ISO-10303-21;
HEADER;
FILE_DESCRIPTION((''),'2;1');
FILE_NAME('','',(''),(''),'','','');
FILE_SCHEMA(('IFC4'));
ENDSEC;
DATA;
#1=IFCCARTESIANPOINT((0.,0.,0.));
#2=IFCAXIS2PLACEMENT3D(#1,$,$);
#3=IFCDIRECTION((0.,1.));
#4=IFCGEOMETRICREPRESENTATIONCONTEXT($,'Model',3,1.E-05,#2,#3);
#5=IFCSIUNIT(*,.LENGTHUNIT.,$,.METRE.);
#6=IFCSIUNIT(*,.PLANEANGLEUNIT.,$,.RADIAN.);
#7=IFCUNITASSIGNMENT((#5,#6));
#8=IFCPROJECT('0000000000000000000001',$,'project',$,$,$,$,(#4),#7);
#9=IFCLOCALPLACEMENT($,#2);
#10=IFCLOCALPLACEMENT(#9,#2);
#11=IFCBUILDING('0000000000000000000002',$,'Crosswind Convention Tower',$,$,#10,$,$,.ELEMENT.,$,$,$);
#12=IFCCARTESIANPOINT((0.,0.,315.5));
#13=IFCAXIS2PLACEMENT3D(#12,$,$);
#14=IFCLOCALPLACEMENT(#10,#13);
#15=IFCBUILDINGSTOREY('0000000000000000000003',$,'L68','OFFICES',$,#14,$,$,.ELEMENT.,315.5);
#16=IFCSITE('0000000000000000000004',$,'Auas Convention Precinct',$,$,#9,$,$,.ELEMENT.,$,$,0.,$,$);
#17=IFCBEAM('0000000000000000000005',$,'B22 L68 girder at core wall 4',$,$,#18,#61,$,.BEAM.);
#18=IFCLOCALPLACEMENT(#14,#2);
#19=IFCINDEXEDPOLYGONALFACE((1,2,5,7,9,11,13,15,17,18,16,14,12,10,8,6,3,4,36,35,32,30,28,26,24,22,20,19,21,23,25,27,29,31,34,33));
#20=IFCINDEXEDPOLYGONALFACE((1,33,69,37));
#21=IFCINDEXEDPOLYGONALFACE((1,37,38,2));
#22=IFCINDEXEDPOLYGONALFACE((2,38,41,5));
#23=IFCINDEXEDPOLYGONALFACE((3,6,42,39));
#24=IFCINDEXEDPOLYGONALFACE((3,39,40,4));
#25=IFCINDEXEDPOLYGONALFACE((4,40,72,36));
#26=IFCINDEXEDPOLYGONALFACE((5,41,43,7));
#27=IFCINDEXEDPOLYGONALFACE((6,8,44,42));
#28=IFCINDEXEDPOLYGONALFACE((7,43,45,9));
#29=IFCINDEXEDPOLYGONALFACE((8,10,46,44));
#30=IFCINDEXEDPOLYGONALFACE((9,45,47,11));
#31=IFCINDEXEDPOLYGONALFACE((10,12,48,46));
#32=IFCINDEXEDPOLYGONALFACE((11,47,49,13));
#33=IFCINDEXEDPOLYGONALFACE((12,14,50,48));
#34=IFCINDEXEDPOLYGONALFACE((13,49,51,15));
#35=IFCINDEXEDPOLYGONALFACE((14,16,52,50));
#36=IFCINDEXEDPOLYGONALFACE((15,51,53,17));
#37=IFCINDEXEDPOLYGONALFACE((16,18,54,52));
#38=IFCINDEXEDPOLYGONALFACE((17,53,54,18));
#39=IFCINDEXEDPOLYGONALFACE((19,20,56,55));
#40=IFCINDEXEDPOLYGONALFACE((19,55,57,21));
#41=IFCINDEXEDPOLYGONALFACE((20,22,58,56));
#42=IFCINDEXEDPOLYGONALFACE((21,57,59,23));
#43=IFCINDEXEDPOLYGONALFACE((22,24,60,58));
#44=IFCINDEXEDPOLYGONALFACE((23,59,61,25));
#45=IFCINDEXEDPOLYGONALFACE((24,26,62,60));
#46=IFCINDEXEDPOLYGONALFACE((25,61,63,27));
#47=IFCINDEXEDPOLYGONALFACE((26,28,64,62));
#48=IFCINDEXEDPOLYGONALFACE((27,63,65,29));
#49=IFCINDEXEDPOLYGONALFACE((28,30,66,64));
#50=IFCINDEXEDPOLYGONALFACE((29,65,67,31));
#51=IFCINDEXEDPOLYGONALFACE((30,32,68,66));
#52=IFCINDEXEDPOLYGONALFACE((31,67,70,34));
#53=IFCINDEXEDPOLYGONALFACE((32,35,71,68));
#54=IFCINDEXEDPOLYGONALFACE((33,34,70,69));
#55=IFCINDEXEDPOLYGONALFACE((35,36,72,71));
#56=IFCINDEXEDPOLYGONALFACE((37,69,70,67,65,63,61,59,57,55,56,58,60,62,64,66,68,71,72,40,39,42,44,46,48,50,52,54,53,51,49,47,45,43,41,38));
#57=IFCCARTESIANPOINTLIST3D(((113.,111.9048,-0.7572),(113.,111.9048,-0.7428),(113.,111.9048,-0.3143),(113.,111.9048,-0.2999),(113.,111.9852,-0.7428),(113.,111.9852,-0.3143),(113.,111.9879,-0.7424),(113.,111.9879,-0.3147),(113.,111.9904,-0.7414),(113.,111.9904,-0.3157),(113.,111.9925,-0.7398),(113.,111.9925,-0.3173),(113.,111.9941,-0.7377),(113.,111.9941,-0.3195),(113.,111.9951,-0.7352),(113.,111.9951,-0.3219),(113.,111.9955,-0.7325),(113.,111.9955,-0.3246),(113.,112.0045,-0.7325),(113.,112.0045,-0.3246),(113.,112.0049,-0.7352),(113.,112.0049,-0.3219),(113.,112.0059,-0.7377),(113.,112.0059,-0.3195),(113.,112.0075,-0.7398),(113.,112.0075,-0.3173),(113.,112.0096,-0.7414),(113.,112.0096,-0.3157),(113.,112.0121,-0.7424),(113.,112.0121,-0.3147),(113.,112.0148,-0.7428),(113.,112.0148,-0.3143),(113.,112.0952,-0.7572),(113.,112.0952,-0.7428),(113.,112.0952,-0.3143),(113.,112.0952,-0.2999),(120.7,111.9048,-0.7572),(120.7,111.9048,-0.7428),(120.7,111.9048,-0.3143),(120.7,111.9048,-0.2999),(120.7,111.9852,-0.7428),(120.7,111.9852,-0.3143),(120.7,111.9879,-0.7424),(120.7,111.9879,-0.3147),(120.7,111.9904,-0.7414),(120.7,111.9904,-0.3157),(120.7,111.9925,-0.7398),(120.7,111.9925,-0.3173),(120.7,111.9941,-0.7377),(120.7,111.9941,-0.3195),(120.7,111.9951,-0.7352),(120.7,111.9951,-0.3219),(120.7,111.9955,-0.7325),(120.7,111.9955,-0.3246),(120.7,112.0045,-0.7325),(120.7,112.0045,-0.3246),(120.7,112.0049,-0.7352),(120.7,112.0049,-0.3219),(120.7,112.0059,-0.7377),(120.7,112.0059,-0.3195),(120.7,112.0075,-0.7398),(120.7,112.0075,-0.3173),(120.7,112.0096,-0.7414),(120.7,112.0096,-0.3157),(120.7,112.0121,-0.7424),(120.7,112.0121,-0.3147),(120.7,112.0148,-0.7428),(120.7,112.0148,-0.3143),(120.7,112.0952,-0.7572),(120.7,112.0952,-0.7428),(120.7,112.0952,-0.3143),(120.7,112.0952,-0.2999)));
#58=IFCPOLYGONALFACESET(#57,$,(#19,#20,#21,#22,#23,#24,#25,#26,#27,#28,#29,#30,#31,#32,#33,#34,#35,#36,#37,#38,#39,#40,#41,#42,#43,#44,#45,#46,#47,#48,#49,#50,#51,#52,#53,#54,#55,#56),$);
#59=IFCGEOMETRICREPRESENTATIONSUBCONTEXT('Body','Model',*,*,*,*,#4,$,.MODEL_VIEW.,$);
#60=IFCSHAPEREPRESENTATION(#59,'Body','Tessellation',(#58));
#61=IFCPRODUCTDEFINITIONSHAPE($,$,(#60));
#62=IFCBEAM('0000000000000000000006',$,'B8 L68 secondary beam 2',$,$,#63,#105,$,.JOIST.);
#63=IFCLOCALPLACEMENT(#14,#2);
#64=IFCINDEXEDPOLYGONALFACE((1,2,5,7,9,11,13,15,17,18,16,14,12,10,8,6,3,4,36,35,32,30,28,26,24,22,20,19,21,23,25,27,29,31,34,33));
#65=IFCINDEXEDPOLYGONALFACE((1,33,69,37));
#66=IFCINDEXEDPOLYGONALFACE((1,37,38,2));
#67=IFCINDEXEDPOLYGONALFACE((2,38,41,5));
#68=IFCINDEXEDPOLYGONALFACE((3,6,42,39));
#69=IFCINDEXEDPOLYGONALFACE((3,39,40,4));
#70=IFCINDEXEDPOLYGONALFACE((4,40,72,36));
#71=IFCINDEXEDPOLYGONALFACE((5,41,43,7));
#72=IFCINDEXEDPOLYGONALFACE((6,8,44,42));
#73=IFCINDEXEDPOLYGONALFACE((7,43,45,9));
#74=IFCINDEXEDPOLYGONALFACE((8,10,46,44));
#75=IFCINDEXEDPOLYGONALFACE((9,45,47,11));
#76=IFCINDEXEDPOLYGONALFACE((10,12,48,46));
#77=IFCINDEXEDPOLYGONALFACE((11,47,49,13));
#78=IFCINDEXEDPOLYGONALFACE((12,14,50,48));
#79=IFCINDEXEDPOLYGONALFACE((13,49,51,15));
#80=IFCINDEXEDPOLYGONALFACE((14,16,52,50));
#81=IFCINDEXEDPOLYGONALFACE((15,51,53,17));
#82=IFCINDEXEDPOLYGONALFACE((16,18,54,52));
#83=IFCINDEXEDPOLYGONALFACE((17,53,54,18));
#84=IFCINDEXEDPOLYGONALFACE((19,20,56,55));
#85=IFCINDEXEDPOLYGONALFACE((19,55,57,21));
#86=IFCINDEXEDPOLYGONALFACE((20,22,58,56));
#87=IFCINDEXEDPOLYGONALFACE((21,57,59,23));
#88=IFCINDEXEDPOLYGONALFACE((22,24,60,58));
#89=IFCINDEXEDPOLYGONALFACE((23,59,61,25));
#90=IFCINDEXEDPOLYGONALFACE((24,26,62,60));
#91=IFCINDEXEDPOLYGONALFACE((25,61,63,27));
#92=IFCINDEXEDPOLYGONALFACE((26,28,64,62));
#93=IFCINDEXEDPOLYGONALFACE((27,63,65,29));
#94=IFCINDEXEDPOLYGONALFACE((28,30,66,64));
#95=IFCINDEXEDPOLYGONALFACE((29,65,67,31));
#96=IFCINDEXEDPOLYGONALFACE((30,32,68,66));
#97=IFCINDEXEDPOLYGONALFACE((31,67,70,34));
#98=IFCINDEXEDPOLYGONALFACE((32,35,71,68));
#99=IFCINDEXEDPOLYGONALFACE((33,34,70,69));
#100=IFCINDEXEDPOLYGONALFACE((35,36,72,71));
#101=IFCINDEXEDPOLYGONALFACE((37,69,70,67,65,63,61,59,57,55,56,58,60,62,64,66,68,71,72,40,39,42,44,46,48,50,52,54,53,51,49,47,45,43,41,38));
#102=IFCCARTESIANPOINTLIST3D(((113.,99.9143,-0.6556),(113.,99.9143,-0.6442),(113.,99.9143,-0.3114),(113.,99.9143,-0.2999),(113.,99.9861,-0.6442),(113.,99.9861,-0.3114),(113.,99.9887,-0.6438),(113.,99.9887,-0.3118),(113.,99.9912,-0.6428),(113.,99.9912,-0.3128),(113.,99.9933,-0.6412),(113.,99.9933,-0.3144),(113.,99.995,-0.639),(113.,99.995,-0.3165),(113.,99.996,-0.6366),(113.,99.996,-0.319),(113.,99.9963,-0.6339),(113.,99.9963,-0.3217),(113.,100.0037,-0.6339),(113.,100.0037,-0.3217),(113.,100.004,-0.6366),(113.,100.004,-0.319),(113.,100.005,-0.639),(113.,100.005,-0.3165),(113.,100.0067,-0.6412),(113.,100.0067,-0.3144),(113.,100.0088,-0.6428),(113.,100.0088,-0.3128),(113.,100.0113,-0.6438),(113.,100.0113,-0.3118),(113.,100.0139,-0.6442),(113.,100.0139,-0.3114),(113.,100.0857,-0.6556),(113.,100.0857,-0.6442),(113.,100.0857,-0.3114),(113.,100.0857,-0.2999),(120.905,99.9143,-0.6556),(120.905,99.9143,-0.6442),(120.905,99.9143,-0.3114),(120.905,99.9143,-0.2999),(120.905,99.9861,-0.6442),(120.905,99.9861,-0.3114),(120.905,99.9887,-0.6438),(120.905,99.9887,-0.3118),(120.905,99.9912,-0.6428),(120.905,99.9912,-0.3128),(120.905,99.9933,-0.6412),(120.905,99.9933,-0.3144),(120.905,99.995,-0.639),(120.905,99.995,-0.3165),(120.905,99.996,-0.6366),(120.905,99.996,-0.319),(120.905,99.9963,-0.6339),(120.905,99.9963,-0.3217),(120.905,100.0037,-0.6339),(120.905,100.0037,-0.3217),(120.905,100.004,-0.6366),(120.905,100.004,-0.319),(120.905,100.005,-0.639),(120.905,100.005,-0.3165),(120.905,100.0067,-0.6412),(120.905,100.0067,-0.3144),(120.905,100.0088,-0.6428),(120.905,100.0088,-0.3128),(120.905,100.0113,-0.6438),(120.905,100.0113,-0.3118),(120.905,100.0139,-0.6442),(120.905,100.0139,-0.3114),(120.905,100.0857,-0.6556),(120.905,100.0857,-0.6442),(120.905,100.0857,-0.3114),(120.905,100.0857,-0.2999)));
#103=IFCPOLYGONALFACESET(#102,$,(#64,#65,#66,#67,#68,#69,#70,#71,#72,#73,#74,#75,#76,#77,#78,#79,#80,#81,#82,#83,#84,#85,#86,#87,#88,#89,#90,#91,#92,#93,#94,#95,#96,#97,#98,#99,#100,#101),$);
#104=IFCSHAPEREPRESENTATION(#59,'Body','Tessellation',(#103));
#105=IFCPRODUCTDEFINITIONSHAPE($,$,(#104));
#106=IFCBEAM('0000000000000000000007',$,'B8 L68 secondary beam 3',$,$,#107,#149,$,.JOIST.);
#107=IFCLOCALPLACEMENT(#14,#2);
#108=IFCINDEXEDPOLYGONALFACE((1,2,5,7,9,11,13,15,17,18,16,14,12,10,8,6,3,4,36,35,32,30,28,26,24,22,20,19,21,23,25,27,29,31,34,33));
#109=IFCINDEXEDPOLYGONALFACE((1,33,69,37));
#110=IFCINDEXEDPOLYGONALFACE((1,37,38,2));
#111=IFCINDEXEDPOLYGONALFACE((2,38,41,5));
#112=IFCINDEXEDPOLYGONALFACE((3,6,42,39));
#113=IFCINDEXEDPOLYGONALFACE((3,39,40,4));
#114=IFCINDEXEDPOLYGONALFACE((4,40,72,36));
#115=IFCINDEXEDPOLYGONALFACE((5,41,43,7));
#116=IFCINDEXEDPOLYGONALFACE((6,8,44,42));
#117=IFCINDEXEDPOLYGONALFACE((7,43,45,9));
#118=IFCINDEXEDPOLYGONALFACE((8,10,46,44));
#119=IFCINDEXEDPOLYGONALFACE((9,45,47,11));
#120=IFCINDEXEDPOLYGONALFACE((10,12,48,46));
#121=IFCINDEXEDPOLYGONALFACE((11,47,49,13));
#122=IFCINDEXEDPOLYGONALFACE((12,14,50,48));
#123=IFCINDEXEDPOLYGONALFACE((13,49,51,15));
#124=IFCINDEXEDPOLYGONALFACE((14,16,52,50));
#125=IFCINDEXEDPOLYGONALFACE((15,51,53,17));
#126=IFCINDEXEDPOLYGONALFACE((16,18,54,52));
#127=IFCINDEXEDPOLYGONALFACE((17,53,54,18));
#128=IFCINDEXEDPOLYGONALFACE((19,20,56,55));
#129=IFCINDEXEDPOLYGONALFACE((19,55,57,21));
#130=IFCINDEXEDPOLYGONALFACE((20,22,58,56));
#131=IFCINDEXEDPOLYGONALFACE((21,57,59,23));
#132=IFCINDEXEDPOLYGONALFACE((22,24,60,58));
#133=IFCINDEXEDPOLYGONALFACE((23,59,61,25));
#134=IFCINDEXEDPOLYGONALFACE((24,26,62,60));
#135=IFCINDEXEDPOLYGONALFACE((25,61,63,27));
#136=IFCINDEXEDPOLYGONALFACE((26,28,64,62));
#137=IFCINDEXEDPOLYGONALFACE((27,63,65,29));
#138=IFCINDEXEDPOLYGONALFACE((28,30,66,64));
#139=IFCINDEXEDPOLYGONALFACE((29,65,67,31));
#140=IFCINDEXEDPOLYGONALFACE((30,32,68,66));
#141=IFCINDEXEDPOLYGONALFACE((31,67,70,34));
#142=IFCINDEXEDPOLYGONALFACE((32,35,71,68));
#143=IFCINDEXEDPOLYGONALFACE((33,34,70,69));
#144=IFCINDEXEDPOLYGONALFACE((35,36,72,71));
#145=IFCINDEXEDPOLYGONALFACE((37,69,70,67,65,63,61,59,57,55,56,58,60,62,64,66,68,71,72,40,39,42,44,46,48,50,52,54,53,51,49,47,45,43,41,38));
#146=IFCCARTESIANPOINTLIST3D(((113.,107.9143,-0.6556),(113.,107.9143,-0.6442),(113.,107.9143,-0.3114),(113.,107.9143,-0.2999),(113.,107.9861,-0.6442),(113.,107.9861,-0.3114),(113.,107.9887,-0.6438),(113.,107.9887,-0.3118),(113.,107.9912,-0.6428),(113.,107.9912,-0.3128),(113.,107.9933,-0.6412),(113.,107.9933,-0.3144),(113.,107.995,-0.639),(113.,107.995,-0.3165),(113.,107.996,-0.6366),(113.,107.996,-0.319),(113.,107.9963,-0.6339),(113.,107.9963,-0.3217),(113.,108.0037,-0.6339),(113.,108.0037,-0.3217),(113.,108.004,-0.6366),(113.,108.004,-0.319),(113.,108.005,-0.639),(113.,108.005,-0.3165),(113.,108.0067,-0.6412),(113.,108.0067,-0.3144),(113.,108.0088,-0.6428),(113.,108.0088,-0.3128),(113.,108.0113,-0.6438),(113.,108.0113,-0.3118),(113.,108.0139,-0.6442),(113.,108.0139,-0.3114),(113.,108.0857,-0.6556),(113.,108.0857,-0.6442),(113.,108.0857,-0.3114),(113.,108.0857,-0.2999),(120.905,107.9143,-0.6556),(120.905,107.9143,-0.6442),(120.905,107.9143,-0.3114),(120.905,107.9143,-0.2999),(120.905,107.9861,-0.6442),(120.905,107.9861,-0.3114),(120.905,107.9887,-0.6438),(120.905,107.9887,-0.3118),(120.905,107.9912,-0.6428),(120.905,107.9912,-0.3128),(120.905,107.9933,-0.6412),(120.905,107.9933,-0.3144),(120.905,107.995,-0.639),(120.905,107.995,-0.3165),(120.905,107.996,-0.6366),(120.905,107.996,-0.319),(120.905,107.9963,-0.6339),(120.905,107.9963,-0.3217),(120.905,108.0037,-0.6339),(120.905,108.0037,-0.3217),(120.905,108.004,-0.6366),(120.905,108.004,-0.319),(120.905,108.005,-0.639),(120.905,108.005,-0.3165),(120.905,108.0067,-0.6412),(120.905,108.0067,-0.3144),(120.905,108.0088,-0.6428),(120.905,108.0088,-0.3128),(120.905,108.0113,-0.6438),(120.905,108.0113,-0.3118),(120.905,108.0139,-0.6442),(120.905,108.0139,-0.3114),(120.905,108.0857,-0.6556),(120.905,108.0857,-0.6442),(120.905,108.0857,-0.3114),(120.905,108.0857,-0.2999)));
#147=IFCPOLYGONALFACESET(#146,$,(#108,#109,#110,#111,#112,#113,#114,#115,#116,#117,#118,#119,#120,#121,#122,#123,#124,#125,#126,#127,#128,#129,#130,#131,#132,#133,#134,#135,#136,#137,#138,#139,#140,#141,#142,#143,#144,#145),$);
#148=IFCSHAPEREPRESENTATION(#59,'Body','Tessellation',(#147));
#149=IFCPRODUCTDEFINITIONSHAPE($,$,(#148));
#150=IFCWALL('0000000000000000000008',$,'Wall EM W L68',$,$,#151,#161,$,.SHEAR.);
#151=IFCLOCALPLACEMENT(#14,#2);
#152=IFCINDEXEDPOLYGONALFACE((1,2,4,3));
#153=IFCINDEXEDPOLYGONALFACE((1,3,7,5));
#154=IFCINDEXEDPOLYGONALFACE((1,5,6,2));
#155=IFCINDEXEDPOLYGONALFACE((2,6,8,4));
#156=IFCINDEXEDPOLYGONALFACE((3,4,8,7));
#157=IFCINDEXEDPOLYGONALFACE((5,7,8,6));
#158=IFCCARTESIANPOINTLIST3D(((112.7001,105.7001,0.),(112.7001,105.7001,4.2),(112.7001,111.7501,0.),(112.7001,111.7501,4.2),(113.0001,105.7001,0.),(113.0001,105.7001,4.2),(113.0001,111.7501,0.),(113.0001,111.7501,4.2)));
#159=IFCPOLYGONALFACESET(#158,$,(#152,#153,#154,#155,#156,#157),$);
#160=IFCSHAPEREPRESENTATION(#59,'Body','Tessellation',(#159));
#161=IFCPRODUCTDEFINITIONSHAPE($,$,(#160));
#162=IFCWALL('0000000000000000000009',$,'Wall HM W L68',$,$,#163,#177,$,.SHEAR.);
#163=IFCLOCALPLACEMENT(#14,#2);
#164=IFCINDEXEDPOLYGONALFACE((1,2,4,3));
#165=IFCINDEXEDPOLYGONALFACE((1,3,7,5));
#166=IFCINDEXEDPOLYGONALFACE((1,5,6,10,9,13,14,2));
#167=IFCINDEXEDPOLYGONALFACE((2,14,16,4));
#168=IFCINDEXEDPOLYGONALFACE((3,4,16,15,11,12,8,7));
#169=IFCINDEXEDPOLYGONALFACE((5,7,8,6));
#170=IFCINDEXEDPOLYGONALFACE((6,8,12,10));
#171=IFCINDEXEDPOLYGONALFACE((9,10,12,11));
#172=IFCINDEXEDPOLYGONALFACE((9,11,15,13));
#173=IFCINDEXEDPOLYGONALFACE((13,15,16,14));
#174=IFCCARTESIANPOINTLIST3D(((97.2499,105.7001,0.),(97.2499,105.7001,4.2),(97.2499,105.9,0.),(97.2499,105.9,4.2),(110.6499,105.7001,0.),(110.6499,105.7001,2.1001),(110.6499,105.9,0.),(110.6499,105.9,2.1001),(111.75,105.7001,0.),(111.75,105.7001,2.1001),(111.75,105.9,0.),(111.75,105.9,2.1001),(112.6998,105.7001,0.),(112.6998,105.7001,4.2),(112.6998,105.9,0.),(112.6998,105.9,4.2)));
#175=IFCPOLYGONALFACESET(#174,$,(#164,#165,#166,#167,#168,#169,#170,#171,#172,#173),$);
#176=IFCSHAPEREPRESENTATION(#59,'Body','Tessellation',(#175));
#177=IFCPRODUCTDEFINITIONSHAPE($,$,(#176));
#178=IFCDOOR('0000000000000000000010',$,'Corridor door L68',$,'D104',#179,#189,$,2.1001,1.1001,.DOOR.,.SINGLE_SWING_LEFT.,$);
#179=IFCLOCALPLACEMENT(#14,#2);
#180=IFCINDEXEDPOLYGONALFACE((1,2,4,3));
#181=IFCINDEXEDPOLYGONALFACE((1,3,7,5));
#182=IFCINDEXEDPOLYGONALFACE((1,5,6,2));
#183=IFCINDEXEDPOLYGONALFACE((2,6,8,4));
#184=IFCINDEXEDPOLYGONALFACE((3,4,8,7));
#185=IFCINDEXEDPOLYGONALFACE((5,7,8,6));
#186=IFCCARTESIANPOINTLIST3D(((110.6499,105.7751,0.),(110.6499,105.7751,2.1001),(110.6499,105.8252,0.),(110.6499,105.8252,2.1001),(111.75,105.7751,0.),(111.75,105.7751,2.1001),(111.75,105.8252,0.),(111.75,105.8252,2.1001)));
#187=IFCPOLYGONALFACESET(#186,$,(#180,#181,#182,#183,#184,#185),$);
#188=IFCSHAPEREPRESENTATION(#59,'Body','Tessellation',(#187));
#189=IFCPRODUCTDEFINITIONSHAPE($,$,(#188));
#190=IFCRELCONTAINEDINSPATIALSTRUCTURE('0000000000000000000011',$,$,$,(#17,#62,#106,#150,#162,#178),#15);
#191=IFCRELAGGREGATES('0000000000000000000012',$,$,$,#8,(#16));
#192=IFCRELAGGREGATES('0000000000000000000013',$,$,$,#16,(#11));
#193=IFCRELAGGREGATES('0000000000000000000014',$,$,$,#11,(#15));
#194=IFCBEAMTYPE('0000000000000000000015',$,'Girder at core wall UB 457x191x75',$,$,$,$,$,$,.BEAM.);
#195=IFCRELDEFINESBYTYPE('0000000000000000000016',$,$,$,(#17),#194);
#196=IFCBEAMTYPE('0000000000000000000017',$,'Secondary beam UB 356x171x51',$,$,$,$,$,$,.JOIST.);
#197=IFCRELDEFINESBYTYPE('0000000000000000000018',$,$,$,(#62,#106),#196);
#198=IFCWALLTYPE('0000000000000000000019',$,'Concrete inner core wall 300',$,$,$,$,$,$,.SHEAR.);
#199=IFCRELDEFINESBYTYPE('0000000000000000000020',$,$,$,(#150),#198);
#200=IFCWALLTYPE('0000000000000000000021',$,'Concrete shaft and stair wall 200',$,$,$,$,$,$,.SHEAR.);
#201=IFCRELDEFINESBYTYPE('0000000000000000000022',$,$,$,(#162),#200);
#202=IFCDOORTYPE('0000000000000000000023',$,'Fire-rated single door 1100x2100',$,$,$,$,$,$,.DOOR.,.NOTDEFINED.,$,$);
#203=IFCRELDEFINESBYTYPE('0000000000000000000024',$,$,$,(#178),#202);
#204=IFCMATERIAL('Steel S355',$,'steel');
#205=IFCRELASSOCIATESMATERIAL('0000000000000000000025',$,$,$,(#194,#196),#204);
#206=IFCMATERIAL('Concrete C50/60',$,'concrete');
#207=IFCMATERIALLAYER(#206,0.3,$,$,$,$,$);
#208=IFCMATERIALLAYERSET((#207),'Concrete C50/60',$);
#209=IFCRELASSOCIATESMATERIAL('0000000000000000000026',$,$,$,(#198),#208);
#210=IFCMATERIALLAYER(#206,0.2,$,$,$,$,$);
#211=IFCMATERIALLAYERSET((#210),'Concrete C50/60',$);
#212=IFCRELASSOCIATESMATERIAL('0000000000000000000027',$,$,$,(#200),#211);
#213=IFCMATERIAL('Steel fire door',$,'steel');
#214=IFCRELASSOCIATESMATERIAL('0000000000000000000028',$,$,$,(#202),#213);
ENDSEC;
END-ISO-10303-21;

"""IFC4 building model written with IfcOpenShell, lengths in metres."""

from ifc_helpers import new_model, si_unit, direction, frame, frame_2d, origin, origin_2d, place, context, subcontext, project, spatial, rectangle, i_section, extrude, material, layer, layer_set, material_profile, profile_set, type_object, element, fill, save


model = new_model("IFC4")

# Units and contexts
model_context = context("Model", 3, precision=1e-05, world=origin(), true_north=direction((0.0, 1.0)))
body_context = subcontext(model_context, "Body", "Model", "MODEL_VIEW")
ifc_project = project(units=[si_unit("LENGTHUNIT", "METRE"), si_unit("PLANEANGLEUNIT", "RADIAN")], contexts=[model_context])

# Site, building, storey
site_placement = place(None, origin())
site = spatial("IfcSite", under=ifc_project, at=site_placement, Name="Auas Convention Precinct", CompositionType="ELEMENT", RefElevation=0.0)
building_placement = place(site_placement, origin())
building = spatial("IfcBuilding", under=site, at=building_placement, Name="Crosswind Convention Tower", CompositionType="ELEMENT")
storey_placement = place(building_placement, frame((0.0, 0.0, 315.5)))
storey = spatial("IfcBuildingStorey", under=building, at=storey_placement, Name="L68", Description="OFFICES", CompositionType="ELEMENT", Elevation=315.5)

# Beams
ifc_material_1 = material(Name="Steel S355", Category="steel")
ifc_material_profile_1 = material_profile(ifc_material_1, i_section(OverallWidth=0.1904, OverallDepth=0.4573, WebThickness=0.009, FlangeThickness=0.0144, FilletRadius=0.0103, at=origin_2d()), Name="UB 457x191x75")
ifc_profile_set_1 = profile_set([ifc_material_profile_1], Name="Steel S355")
beam_type_1 = type_object("IfcBeamType", Name="Girder at core wall UB 457x191x75", PredefinedType="BEAM", material=ifc_profile_set_1)
for number, where, z_axis, x_axis, name in (
    (1, (113.0, 112.0, -0.5286), (1.0, 0.0, 0.0), (0.0, 1.0, 0.0), "B22 L68 girder at core wall 4"),
):
    element("IfcBeam", number, at=place(storey_placement, frame(where, z_axis=z_axis, x_axis=x_axis)), inside=storey, type_object=beam_type_1, Name=name, PredefinedType="BEAM", context=body_context, shape_type="SweptSolid", body=[
        extrude(i_section(OverallWidth=0.1904, OverallDepth=0.4573, WebThickness=0.009, FlangeThickness=0.0144, FilletRadius=0.0103, at=origin_2d()), origin(), (0.0, 0.0, 1.0), 7.7),
    ])
ifc_material_profile_2 = material_profile(ifc_material_1, i_section(OverallWidth=0.1714, OverallDepth=0.3557, WebThickness=0.0073, FlangeThickness=0.0115, FilletRadius=0.0103, at=origin_2d()), Name="UB 356x171x51")
ifc_profile_set_2 = profile_set([ifc_material_profile_2], Name="Steel S355")
beam_type_2 = type_object("IfcBeamType", Name="Secondary beam UB 356x171x51", PredefinedType="JOIST", material=ifc_profile_set_2)
for number, where, z_axis, x_axis, name in (
    (2, (113.0, 100.0, -0.4778), (1.0, 0.0, 0.0), (0.0, 1.0, 0.0), "B8 L68 secondary beam 2"),
    (3, (113.0, 108.0, -0.4778), (1.0, 0.0, 0.0), (0.0, 1.0, 0.0), "B8 L68 secondary beam 3"),
):
    element("IfcBeam", number, at=place(storey_placement, frame(where, z_axis=z_axis, x_axis=x_axis)), inside=storey, type_object=beam_type_2, Name=name, PredefinedType="JOIST", context=body_context, shape_type="SweptSolid", body=[
        extrude(i_section(OverallWidth=0.1714, OverallDepth=0.3557, WebThickness=0.0073, FlangeThickness=0.0115, FilletRadius=0.0103, at=origin_2d()), origin(), (0.0, 0.0, 1.0), 7.905),
    ])

# Shared definitions
ifc_material_2 = material(Name="Concrete C50/60", Category="concrete")
ifc_layer_1 = layer(ifc_material_2, 0.3)
ifc_layer_set_1 = layer_set([ifc_layer_1], Name="Concrete C50/60")
wall_type_1 = type_object("IfcWallType", Name="Concrete inner core wall 300", PredefinedType="SHEAR", material=ifc_layer_set_1)

# Wall
wall_1_placement = place(storey_placement, frame((112.8501, 111.75, 0.0), z_axis=(0.0, 0.0, 1.0), x_axis=(0.0, -1.0, 0.0)))
element("IfcWall", 4, at=wall_1_placement, inside=storey, type_object=wall_type_1, Name="Wall EM W L68", PredefinedType="SHEAR", context=body_context, shape_type="SweptSolid", body=[
    extrude(rectangle(XDim=6.05, YDim=0.3, at=frame_2d((3.0249, 0.0))), origin(), (0.0, 0.0, 1.0), 4.2),
])

# Wall, opening, door
ifc_layer_2 = layer(ifc_material_2, 0.2)
ifc_layer_set_2 = layer_set([ifc_layer_2], Name="Concrete C50/60")
wall_type_2 = type_object("IfcWallType", Name="Concrete shaft and stair wall 200", PredefinedType="SHEAR", material=ifc_layer_set_2)
wall_2_placement = place(storey_placement, frame((112.7, 105.8, 0.0), z_axis=(0.0, 0.0, 1.0), x_axis=(-1.0, 0.0, 0.0)))
wall_2 = element("IfcWall", 5, at=wall_2_placement, inside=storey, type_object=wall_type_2, Name="Wall HM W L68", PredefinedType="SHEAR", context=body_context, shape_type="SweptSolid", body=[
    extrude(rectangle(XDim=15.45, YDim=0.2, at=frame_2d((7.7251, 0.0))), origin(), (0.0, 0.0, 1.0), 4.2),
])
opening_1_placement = place(wall_2_placement, frame((0.95, 0.0, 0.0)))
opening_1 = element("IfcOpeningElement", 6, at=opening_1_placement, cuts=wall_2, PredefinedType="OPENING", context=body_context, shape_type="SweptSolid", body=[
    extrude(rectangle(XDim=1.1001, YDim=2.1001, at=frame_2d((0.55, 1.05))), frame((0.0, 0.1099, 0.0), z_axis=(0.0, -1.0, 0.0), x_axis=(1.0, 0.0, 0.0)), (0.0, 0.0, 1.0), 0.22),
])
ifc_material_3 = material(Name="Steel fire door", Category="steel")
door_type_1 = type_object("IfcDoorType", Name="Fire-rated single door 1100x2100", OperationType="NOTDEFINED", PredefinedType="DOOR", material=ifc_material_3)
door_1_placement = place(opening_1_placement, origin())
door_1 = element("IfcDoor", 7, at=door_1_placement, inside=storey, type_object=door_type_1, Name="Corridor door L68", ObjectType="D104", OperationType="SINGLE_SWING_LEFT", OverallHeight=2.1001, OverallWidth=1.1001, PredefinedType="DOOR", context=body_context, shape_type="SweptSolid", body=[
    extrude(rectangle(XDim=1.1001, YDim=2.1001, at=frame_2d((0.55, 1.05))), frame((0.0, 0.0249, 0.0), z_axis=(0.0, -1.0, 0.0), x_axis=(1.0, 0.0, 0.0)), (0.0, 0.0, 1.0), 0.05),
])
fill(opening_1, door_1)

save(model, "model.ifc")
